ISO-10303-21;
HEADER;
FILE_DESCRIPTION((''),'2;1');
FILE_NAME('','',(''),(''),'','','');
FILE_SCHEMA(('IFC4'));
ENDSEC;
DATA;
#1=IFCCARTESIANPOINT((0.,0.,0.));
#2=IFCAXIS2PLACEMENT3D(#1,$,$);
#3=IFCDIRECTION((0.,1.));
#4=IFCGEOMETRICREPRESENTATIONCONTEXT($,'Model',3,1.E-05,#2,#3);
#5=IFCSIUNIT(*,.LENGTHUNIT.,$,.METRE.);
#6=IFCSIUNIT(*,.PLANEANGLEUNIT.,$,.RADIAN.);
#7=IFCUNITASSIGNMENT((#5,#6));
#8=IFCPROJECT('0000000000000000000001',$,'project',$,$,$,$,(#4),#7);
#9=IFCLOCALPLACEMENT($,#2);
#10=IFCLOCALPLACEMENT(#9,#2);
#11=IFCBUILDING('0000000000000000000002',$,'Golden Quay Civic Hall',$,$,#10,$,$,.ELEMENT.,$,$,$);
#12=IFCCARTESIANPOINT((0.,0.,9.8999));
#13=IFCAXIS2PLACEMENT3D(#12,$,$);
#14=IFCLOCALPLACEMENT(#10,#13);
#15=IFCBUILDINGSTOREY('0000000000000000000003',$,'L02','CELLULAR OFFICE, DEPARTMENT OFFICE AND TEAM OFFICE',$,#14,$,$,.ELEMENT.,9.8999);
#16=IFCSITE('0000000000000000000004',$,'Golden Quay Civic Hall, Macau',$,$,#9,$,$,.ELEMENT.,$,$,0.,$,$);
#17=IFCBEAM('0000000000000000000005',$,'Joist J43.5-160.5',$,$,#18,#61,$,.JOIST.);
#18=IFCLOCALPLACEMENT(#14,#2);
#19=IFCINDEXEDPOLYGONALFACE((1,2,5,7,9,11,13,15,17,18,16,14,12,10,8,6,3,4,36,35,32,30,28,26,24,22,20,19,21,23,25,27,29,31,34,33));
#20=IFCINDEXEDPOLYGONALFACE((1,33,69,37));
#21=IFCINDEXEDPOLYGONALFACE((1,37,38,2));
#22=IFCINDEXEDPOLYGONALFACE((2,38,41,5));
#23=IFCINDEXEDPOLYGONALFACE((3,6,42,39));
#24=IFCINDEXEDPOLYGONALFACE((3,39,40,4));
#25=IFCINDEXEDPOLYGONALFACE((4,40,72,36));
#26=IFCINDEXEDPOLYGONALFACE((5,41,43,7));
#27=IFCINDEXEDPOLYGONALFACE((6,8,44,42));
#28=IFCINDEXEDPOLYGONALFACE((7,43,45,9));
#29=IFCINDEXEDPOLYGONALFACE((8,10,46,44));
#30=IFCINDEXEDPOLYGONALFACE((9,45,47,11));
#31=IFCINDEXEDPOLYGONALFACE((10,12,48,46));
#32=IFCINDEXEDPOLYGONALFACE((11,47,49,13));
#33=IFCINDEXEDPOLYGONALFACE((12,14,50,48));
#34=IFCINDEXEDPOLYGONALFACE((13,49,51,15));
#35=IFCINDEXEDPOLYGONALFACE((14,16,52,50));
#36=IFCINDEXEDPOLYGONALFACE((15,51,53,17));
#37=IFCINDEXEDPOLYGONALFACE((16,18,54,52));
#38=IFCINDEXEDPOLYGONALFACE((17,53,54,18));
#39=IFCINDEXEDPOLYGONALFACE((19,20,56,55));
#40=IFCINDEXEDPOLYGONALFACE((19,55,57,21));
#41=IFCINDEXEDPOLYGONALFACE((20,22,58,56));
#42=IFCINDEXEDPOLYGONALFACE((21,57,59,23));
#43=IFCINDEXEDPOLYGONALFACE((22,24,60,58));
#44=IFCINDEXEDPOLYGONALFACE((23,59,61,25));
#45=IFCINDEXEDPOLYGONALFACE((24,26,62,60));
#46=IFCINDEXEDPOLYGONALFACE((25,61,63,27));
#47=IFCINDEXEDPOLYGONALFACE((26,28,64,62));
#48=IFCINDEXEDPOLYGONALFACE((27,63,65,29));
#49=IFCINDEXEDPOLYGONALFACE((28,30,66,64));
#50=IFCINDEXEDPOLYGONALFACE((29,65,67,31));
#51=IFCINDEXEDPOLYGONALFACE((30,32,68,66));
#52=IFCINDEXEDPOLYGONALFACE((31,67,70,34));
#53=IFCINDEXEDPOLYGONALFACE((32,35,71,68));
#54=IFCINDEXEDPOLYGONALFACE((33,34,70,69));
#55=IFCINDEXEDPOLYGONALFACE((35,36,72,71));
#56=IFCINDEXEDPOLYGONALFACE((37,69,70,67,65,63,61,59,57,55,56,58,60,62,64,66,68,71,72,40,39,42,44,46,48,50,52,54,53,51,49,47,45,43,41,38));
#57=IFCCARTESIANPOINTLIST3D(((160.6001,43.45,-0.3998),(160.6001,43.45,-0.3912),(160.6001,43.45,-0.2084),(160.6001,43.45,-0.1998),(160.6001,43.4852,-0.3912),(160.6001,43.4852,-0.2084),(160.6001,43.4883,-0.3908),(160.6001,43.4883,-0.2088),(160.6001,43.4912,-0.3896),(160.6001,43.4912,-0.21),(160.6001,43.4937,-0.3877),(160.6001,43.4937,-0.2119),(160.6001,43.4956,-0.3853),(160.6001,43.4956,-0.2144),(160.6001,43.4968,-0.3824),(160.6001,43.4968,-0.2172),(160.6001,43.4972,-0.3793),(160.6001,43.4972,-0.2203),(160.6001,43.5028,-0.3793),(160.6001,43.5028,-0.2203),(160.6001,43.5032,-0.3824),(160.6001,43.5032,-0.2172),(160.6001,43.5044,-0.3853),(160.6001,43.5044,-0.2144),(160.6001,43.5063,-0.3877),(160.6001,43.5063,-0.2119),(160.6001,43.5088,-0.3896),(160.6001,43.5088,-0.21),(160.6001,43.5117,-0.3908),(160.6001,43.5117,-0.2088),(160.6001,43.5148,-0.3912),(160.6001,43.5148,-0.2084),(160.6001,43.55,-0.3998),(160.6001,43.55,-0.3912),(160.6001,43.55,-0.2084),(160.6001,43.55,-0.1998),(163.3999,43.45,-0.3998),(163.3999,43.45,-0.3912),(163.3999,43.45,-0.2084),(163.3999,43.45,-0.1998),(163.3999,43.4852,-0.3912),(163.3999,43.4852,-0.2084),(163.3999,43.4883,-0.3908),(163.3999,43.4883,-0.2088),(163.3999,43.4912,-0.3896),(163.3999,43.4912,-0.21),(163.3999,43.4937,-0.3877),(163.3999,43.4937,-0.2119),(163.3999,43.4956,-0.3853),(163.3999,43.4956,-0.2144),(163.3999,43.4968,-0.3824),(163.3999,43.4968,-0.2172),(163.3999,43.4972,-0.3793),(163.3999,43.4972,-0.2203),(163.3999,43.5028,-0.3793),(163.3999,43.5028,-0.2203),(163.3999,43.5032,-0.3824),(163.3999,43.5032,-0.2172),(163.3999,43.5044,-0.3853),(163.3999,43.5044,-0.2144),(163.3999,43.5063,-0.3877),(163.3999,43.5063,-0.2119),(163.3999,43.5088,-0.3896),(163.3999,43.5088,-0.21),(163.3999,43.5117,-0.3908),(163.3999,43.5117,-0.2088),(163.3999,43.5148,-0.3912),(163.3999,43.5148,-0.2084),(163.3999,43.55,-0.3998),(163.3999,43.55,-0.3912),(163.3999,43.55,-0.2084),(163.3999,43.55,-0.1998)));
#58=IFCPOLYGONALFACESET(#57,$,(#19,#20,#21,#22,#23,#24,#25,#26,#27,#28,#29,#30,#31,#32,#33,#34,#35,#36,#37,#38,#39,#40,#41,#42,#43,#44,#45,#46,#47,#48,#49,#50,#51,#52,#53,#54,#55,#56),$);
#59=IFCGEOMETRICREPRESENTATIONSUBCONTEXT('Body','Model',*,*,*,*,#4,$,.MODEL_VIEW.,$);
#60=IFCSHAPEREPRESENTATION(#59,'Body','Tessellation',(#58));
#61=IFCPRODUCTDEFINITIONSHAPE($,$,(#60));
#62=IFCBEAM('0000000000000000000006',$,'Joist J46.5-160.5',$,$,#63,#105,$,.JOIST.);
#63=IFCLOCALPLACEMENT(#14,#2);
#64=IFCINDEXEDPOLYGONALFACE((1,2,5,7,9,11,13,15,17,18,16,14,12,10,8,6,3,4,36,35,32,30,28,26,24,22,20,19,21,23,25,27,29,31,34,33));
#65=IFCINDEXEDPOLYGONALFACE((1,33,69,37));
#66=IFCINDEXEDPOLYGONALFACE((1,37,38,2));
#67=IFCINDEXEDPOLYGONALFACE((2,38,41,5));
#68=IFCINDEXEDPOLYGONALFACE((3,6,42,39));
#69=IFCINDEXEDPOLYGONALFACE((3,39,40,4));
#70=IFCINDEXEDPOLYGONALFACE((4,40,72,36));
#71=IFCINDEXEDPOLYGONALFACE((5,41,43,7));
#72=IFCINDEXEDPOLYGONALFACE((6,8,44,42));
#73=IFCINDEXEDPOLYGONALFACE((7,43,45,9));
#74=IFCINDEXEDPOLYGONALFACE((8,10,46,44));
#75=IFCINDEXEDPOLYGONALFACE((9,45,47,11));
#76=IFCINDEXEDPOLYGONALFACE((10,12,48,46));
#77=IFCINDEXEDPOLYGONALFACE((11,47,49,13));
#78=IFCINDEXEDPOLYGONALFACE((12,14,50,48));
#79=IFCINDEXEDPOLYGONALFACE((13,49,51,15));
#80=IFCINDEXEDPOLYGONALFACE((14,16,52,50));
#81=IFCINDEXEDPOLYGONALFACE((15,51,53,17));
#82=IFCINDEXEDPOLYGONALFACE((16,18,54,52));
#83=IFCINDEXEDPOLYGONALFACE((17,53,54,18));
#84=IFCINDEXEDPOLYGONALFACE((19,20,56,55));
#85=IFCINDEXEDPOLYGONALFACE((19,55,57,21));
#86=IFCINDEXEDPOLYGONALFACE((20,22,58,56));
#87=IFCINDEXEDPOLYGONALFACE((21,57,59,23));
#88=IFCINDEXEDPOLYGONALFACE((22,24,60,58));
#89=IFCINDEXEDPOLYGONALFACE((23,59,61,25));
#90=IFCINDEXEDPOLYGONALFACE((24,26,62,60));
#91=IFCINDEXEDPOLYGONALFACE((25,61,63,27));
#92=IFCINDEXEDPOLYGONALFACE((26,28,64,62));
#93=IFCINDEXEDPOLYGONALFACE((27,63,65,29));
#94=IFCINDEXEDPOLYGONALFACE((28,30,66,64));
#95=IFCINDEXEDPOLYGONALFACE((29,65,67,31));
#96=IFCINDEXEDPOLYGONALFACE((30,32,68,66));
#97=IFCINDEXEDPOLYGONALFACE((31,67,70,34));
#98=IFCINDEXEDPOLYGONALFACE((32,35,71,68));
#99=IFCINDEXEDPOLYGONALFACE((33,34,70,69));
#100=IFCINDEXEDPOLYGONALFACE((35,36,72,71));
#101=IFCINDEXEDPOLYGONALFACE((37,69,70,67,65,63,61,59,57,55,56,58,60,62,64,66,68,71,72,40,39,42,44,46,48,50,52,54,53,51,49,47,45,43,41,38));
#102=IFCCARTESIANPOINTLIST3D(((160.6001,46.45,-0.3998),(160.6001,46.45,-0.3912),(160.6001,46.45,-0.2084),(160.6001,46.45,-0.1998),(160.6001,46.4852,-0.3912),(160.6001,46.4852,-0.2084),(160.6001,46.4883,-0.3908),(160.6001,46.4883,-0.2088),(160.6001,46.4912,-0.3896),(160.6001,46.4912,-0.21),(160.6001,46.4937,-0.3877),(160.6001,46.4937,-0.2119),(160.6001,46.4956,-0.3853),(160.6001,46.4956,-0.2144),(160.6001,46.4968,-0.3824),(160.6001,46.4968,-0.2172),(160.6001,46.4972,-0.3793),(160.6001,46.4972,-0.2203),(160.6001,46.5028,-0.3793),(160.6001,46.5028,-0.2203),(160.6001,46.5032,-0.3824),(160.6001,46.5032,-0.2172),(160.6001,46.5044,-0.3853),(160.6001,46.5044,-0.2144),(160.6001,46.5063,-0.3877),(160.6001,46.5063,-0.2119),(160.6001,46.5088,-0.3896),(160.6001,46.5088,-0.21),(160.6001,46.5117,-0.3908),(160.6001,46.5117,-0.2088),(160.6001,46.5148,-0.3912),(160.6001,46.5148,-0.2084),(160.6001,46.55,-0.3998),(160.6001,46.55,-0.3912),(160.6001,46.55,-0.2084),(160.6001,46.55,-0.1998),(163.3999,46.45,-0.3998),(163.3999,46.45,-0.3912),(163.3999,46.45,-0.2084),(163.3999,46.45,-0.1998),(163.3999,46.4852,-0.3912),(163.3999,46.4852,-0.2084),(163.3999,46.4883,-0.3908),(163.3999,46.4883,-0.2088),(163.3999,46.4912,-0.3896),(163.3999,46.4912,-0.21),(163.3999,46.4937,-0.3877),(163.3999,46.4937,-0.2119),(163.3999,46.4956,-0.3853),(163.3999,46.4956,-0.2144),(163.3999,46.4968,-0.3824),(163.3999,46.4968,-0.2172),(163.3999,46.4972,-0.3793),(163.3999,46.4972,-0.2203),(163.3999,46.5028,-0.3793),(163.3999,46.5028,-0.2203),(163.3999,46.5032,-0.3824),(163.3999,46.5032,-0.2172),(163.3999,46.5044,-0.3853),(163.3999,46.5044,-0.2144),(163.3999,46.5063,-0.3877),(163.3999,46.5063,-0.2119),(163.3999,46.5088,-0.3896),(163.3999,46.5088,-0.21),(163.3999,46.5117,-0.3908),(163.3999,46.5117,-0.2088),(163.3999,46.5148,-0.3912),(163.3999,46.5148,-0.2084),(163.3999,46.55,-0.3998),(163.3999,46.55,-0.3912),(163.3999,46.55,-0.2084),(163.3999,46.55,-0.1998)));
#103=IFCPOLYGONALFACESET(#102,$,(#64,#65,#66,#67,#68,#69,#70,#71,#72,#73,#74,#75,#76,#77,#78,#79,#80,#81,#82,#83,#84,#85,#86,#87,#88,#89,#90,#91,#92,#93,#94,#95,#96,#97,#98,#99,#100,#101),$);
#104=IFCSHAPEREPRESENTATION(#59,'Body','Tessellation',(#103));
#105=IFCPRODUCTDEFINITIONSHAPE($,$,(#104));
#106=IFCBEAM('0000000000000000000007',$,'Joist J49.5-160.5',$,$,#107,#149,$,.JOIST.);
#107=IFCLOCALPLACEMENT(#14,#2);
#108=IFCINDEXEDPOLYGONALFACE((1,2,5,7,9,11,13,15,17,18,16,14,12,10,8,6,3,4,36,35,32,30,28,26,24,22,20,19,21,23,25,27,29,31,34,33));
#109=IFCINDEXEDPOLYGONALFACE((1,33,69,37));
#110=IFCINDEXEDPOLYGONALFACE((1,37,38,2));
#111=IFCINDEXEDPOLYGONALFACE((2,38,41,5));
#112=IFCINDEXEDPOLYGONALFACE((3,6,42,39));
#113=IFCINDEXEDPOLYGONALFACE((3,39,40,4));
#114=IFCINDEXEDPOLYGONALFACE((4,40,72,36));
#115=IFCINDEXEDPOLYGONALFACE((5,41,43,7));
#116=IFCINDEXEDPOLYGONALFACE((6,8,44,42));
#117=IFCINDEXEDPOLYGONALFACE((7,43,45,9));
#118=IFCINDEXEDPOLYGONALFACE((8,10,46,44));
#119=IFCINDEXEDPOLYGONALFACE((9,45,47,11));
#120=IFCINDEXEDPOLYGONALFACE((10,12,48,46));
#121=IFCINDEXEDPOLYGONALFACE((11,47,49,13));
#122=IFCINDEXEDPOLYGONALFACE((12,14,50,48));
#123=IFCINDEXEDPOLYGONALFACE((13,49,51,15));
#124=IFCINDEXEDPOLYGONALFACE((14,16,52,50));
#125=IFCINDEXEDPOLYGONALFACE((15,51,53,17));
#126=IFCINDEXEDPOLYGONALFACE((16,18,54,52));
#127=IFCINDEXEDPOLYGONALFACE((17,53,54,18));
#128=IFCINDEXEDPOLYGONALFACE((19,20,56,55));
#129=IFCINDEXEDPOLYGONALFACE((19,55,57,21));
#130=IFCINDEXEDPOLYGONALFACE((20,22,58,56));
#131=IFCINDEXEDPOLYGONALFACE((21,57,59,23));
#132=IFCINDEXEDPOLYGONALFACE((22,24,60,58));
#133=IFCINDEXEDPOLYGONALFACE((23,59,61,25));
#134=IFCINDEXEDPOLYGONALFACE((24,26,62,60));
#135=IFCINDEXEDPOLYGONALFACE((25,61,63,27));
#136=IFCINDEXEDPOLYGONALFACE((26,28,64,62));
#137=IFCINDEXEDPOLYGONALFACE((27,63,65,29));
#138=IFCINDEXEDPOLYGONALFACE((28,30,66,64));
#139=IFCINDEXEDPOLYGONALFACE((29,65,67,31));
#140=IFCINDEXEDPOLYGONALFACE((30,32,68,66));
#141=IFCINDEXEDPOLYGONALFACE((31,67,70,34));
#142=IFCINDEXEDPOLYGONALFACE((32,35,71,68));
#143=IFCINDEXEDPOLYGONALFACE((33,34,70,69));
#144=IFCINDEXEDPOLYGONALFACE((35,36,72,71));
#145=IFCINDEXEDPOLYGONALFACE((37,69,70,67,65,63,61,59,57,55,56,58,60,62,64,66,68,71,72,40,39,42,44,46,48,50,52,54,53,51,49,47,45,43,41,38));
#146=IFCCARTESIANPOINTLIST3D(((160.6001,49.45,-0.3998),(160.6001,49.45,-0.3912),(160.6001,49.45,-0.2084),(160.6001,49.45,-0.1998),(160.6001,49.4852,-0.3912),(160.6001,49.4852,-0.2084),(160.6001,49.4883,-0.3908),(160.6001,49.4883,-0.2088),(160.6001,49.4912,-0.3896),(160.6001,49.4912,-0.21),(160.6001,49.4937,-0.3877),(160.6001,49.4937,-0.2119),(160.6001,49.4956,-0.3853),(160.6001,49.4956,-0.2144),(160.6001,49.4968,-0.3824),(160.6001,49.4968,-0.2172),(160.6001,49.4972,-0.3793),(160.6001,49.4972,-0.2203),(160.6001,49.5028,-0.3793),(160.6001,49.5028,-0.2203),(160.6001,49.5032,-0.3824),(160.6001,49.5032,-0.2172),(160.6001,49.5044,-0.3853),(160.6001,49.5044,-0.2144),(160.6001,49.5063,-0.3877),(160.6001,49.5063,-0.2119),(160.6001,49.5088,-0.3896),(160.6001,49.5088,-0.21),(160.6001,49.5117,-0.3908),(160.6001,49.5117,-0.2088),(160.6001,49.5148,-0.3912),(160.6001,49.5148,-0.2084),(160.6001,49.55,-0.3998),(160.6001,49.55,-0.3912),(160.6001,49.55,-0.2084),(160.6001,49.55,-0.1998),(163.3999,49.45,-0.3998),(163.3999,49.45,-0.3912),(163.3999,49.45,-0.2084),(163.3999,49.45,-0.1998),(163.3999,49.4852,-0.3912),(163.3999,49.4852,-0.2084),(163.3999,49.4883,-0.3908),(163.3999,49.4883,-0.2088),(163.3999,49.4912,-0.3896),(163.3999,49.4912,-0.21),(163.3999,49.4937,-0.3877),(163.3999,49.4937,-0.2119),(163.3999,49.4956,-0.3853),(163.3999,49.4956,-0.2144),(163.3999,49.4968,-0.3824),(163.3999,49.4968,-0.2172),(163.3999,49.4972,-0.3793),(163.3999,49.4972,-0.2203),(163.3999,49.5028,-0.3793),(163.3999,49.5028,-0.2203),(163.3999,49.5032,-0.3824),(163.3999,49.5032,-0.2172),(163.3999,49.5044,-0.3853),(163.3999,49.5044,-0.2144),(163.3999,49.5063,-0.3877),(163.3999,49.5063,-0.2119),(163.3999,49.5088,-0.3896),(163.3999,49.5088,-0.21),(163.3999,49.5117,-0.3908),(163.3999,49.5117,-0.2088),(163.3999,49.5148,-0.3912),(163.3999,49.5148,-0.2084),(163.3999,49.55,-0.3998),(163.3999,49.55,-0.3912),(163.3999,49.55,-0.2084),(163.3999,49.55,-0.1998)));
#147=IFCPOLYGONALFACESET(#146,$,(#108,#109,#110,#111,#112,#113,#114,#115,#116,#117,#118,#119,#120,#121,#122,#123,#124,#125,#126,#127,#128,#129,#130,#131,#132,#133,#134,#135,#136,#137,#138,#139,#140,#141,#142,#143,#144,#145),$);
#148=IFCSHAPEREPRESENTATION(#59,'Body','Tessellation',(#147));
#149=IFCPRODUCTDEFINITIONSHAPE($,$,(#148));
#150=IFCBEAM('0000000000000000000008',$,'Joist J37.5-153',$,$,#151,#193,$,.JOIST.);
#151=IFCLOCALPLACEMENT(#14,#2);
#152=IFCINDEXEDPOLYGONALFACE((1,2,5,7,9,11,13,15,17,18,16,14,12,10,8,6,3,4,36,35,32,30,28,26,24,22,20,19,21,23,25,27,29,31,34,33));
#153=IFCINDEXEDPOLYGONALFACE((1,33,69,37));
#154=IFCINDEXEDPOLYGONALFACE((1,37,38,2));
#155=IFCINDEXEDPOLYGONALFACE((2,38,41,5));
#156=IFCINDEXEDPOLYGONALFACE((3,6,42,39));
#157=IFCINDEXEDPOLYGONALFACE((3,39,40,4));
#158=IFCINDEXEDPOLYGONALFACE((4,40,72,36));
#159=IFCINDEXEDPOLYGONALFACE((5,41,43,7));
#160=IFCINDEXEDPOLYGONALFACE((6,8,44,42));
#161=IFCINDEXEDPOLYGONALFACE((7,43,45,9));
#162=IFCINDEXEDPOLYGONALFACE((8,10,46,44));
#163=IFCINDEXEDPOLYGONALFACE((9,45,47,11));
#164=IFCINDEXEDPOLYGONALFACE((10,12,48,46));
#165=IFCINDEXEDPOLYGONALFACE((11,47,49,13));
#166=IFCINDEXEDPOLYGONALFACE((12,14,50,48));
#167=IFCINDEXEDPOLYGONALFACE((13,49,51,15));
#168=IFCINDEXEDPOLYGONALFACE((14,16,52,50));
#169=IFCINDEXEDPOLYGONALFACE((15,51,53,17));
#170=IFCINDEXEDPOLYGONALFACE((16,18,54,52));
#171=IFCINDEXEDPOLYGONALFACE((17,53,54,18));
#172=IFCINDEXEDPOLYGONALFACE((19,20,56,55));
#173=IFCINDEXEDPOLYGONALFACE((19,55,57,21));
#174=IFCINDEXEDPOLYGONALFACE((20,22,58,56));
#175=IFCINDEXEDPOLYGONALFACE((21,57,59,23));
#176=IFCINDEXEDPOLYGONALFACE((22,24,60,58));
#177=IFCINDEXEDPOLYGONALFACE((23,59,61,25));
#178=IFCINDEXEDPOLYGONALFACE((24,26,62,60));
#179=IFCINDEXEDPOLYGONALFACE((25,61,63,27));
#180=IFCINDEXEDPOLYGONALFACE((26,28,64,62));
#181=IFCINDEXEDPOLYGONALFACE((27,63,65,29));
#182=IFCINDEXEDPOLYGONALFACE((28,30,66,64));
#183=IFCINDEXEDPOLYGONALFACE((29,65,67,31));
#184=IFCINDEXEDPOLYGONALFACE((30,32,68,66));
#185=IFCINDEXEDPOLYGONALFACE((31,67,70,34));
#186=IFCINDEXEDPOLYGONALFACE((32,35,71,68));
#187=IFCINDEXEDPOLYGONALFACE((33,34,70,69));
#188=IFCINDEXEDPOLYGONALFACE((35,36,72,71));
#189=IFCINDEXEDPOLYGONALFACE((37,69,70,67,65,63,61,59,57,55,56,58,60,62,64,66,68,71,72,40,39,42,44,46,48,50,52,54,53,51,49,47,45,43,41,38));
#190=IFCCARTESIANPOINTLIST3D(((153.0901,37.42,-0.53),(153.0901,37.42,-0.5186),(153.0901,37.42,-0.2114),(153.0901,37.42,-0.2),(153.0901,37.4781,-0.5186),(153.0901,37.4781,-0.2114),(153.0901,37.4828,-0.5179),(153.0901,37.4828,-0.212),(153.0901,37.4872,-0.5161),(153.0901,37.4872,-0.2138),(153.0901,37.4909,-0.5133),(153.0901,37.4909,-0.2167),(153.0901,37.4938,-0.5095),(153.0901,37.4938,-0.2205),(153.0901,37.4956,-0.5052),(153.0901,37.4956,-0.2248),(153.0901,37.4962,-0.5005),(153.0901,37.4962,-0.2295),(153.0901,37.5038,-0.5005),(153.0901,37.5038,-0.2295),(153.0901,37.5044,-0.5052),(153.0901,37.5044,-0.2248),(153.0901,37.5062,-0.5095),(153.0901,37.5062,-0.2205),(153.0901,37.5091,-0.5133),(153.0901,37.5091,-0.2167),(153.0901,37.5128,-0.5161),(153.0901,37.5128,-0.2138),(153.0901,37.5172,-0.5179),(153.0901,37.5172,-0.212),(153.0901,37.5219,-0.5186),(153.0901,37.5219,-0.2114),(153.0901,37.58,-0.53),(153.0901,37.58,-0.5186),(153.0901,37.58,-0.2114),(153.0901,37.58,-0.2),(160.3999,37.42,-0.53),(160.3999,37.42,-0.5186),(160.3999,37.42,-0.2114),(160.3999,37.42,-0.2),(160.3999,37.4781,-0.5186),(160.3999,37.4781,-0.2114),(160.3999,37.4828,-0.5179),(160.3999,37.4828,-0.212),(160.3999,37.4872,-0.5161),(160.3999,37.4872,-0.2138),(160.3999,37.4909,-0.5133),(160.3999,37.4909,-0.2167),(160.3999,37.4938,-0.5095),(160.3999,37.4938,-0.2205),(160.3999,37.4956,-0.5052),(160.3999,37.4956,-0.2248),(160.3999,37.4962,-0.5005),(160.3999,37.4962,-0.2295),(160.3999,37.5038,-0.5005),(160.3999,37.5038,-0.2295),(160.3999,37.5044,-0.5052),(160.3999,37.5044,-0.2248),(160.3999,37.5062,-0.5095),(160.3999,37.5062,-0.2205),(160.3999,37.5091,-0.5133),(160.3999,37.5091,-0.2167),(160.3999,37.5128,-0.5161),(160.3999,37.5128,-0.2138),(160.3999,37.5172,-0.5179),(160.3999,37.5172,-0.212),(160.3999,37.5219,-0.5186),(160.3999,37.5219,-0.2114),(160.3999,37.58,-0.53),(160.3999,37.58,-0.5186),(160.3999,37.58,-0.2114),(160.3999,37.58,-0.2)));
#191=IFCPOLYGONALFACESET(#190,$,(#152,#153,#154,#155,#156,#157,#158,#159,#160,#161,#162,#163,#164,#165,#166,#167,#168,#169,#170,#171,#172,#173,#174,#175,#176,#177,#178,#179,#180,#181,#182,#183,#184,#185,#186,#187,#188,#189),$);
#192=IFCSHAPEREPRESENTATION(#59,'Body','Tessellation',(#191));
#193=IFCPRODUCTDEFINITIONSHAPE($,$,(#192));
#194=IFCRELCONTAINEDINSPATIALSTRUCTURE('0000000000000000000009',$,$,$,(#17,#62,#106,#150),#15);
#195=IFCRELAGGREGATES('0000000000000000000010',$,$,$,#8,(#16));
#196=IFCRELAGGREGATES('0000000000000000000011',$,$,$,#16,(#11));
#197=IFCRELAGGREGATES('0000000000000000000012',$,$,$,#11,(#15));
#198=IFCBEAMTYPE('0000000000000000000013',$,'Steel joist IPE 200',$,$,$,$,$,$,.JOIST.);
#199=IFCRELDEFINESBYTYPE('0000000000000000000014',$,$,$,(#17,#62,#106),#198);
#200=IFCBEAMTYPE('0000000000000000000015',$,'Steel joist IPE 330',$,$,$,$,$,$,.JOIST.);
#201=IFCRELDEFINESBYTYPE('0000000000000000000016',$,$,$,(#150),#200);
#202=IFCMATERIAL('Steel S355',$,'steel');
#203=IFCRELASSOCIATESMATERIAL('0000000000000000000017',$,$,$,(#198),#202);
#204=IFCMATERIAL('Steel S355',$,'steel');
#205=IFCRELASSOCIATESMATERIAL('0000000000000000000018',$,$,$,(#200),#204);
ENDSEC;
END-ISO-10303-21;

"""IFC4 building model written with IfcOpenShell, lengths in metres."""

from ifc_helpers import new_model, si_unit, direction, frame, origin, origin_2d, place, context, subcontext, project, spatial, i_section, extrude, material, material_profile, profile_set, type_object, element, save


model = new_model("IFC4")

# Units and contexts
model_context = context("Model", 3, precision=1e-05, world=origin(), true_north=direction((0.0, 1.0)))
body_context = subcontext(model_context, "Body", "Model", "MODEL_VIEW")
ifc_project = project(units=[si_unit("LENGTHUNIT", "METRE"), si_unit("PLANEANGLEUNIT", "RADIAN")], contexts=[model_context])

# Site, building, storey
site_placement = place(None, origin())
site = spatial("IfcSite", under=ifc_project, at=site_placement, Name="Golden Quay Civic Hall, Macau", CompositionType="ELEMENT", RefElevation=0.0)
building_placement = place(site_placement, origin())
building = spatial("IfcBuilding", under=site, at=building_placement, Name="Golden Quay Civic Hall", CompositionType="ELEMENT")
storey_placement = place(building_placement, frame((0.0, 0.0, 9.8999)))
storey = spatial("IfcBuildingStorey", under=building, at=storey_placement, Name="L02", Description="CELLULAR OFFICE, DEPARTMENT OFFICE AND TEAM OFFICE", CompositionType="ELEMENT", Elevation=9.8999)

# Beams
ifc_material_1 = material(Name="Steel S355", Category="steel")
ifc_material_profile_1 = material_profile(ifc_material_1, i_section(OverallWidth=0.1001, OverallDepth=0.2, WebThickness=0.0056, FlangeThickness=0.0085, FilletRadius=0.012, at=origin_2d()), Name="IPE 200")
ifc_profile_set_1 = profile_set([ifc_material_profile_1], Name="Steel S355")
beam_type_1 = type_object("IfcBeamType", Name="Steel joist IPE 200", PredefinedType="JOIST", material=ifc_profile_set_1)
for number, where, z_axis, x_axis, name in (
    (1, (160.6001, 43.5, -0.2998), (1.0, 0.0, 0.0), (0.0, 1.0, 0.0), "Joist J43.5-160.5"),
    (2, (160.6001, 46.5, -0.2998), (1.0, 0.0, 0.0), (0.0, 1.0, 0.0), "Joist J46.5-160.5"),
    (3, (160.6001, 49.5, -0.2998), (1.0, 0.0, 0.0), (0.0, 1.0, 0.0), "Joist J49.5-160.5"),
):
    element("IfcBeam", number, at=place(storey_placement, frame(where, z_axis=z_axis, x_axis=x_axis)), inside=storey, type_object=beam_type_1, Name=name, PredefinedType="JOIST", context=body_context, shape_type="SweptSolid", body=[
        extrude(i_section(OverallWidth=0.1001, OverallDepth=0.2, WebThickness=0.0056, FlangeThickness=0.0085, FilletRadius=0.012, at=origin_2d()), origin(), (0.0, 0.0, 1.0), 2.7998),
    ])
ifc_material_2 = material(Name="Steel S355", Category="steel")
ifc_material_profile_2 = material_profile(ifc_material_2, i_section(OverallWidth=0.1599, OverallDepth=0.3301, WebThickness=0.0076, FlangeThickness=0.0115, FilletRadius=0.0181, at=origin_2d()), Name="IPE 330")
ifc_profile_set_2 = profile_set([ifc_material_profile_2], Name="Steel S355")
beam_type_2 = type_object("IfcBeamType", Name="Steel joist IPE 330", PredefinedType="JOIST", material=ifc_profile_set_2)
for number, where, z_axis, x_axis, name in (
    (4, (153.0901, 37.5, -0.365), (1.0, 0.0, 0.0), (0.0, 1.0, 0.0), "Joist J37.5-153"),
):
    element("IfcBeam", number, at=place(storey_placement, frame(where, z_axis=z_axis, x_axis=x_axis)), inside=storey, type_object=beam_type_2, Name=name, PredefinedType="JOIST", context=body_context, shape_type="SweptSolid", body=[
        extrude(i_section(OverallWidth=0.1599, OverallDepth=0.3301, WebThickness=0.0076, FlangeThickness=0.0115, FilletRadius=0.0181, at=origin_2d()), origin(), (0.0, 0.0, 1.0), 7.3098),
    ])

save(model, "model.ifc")
